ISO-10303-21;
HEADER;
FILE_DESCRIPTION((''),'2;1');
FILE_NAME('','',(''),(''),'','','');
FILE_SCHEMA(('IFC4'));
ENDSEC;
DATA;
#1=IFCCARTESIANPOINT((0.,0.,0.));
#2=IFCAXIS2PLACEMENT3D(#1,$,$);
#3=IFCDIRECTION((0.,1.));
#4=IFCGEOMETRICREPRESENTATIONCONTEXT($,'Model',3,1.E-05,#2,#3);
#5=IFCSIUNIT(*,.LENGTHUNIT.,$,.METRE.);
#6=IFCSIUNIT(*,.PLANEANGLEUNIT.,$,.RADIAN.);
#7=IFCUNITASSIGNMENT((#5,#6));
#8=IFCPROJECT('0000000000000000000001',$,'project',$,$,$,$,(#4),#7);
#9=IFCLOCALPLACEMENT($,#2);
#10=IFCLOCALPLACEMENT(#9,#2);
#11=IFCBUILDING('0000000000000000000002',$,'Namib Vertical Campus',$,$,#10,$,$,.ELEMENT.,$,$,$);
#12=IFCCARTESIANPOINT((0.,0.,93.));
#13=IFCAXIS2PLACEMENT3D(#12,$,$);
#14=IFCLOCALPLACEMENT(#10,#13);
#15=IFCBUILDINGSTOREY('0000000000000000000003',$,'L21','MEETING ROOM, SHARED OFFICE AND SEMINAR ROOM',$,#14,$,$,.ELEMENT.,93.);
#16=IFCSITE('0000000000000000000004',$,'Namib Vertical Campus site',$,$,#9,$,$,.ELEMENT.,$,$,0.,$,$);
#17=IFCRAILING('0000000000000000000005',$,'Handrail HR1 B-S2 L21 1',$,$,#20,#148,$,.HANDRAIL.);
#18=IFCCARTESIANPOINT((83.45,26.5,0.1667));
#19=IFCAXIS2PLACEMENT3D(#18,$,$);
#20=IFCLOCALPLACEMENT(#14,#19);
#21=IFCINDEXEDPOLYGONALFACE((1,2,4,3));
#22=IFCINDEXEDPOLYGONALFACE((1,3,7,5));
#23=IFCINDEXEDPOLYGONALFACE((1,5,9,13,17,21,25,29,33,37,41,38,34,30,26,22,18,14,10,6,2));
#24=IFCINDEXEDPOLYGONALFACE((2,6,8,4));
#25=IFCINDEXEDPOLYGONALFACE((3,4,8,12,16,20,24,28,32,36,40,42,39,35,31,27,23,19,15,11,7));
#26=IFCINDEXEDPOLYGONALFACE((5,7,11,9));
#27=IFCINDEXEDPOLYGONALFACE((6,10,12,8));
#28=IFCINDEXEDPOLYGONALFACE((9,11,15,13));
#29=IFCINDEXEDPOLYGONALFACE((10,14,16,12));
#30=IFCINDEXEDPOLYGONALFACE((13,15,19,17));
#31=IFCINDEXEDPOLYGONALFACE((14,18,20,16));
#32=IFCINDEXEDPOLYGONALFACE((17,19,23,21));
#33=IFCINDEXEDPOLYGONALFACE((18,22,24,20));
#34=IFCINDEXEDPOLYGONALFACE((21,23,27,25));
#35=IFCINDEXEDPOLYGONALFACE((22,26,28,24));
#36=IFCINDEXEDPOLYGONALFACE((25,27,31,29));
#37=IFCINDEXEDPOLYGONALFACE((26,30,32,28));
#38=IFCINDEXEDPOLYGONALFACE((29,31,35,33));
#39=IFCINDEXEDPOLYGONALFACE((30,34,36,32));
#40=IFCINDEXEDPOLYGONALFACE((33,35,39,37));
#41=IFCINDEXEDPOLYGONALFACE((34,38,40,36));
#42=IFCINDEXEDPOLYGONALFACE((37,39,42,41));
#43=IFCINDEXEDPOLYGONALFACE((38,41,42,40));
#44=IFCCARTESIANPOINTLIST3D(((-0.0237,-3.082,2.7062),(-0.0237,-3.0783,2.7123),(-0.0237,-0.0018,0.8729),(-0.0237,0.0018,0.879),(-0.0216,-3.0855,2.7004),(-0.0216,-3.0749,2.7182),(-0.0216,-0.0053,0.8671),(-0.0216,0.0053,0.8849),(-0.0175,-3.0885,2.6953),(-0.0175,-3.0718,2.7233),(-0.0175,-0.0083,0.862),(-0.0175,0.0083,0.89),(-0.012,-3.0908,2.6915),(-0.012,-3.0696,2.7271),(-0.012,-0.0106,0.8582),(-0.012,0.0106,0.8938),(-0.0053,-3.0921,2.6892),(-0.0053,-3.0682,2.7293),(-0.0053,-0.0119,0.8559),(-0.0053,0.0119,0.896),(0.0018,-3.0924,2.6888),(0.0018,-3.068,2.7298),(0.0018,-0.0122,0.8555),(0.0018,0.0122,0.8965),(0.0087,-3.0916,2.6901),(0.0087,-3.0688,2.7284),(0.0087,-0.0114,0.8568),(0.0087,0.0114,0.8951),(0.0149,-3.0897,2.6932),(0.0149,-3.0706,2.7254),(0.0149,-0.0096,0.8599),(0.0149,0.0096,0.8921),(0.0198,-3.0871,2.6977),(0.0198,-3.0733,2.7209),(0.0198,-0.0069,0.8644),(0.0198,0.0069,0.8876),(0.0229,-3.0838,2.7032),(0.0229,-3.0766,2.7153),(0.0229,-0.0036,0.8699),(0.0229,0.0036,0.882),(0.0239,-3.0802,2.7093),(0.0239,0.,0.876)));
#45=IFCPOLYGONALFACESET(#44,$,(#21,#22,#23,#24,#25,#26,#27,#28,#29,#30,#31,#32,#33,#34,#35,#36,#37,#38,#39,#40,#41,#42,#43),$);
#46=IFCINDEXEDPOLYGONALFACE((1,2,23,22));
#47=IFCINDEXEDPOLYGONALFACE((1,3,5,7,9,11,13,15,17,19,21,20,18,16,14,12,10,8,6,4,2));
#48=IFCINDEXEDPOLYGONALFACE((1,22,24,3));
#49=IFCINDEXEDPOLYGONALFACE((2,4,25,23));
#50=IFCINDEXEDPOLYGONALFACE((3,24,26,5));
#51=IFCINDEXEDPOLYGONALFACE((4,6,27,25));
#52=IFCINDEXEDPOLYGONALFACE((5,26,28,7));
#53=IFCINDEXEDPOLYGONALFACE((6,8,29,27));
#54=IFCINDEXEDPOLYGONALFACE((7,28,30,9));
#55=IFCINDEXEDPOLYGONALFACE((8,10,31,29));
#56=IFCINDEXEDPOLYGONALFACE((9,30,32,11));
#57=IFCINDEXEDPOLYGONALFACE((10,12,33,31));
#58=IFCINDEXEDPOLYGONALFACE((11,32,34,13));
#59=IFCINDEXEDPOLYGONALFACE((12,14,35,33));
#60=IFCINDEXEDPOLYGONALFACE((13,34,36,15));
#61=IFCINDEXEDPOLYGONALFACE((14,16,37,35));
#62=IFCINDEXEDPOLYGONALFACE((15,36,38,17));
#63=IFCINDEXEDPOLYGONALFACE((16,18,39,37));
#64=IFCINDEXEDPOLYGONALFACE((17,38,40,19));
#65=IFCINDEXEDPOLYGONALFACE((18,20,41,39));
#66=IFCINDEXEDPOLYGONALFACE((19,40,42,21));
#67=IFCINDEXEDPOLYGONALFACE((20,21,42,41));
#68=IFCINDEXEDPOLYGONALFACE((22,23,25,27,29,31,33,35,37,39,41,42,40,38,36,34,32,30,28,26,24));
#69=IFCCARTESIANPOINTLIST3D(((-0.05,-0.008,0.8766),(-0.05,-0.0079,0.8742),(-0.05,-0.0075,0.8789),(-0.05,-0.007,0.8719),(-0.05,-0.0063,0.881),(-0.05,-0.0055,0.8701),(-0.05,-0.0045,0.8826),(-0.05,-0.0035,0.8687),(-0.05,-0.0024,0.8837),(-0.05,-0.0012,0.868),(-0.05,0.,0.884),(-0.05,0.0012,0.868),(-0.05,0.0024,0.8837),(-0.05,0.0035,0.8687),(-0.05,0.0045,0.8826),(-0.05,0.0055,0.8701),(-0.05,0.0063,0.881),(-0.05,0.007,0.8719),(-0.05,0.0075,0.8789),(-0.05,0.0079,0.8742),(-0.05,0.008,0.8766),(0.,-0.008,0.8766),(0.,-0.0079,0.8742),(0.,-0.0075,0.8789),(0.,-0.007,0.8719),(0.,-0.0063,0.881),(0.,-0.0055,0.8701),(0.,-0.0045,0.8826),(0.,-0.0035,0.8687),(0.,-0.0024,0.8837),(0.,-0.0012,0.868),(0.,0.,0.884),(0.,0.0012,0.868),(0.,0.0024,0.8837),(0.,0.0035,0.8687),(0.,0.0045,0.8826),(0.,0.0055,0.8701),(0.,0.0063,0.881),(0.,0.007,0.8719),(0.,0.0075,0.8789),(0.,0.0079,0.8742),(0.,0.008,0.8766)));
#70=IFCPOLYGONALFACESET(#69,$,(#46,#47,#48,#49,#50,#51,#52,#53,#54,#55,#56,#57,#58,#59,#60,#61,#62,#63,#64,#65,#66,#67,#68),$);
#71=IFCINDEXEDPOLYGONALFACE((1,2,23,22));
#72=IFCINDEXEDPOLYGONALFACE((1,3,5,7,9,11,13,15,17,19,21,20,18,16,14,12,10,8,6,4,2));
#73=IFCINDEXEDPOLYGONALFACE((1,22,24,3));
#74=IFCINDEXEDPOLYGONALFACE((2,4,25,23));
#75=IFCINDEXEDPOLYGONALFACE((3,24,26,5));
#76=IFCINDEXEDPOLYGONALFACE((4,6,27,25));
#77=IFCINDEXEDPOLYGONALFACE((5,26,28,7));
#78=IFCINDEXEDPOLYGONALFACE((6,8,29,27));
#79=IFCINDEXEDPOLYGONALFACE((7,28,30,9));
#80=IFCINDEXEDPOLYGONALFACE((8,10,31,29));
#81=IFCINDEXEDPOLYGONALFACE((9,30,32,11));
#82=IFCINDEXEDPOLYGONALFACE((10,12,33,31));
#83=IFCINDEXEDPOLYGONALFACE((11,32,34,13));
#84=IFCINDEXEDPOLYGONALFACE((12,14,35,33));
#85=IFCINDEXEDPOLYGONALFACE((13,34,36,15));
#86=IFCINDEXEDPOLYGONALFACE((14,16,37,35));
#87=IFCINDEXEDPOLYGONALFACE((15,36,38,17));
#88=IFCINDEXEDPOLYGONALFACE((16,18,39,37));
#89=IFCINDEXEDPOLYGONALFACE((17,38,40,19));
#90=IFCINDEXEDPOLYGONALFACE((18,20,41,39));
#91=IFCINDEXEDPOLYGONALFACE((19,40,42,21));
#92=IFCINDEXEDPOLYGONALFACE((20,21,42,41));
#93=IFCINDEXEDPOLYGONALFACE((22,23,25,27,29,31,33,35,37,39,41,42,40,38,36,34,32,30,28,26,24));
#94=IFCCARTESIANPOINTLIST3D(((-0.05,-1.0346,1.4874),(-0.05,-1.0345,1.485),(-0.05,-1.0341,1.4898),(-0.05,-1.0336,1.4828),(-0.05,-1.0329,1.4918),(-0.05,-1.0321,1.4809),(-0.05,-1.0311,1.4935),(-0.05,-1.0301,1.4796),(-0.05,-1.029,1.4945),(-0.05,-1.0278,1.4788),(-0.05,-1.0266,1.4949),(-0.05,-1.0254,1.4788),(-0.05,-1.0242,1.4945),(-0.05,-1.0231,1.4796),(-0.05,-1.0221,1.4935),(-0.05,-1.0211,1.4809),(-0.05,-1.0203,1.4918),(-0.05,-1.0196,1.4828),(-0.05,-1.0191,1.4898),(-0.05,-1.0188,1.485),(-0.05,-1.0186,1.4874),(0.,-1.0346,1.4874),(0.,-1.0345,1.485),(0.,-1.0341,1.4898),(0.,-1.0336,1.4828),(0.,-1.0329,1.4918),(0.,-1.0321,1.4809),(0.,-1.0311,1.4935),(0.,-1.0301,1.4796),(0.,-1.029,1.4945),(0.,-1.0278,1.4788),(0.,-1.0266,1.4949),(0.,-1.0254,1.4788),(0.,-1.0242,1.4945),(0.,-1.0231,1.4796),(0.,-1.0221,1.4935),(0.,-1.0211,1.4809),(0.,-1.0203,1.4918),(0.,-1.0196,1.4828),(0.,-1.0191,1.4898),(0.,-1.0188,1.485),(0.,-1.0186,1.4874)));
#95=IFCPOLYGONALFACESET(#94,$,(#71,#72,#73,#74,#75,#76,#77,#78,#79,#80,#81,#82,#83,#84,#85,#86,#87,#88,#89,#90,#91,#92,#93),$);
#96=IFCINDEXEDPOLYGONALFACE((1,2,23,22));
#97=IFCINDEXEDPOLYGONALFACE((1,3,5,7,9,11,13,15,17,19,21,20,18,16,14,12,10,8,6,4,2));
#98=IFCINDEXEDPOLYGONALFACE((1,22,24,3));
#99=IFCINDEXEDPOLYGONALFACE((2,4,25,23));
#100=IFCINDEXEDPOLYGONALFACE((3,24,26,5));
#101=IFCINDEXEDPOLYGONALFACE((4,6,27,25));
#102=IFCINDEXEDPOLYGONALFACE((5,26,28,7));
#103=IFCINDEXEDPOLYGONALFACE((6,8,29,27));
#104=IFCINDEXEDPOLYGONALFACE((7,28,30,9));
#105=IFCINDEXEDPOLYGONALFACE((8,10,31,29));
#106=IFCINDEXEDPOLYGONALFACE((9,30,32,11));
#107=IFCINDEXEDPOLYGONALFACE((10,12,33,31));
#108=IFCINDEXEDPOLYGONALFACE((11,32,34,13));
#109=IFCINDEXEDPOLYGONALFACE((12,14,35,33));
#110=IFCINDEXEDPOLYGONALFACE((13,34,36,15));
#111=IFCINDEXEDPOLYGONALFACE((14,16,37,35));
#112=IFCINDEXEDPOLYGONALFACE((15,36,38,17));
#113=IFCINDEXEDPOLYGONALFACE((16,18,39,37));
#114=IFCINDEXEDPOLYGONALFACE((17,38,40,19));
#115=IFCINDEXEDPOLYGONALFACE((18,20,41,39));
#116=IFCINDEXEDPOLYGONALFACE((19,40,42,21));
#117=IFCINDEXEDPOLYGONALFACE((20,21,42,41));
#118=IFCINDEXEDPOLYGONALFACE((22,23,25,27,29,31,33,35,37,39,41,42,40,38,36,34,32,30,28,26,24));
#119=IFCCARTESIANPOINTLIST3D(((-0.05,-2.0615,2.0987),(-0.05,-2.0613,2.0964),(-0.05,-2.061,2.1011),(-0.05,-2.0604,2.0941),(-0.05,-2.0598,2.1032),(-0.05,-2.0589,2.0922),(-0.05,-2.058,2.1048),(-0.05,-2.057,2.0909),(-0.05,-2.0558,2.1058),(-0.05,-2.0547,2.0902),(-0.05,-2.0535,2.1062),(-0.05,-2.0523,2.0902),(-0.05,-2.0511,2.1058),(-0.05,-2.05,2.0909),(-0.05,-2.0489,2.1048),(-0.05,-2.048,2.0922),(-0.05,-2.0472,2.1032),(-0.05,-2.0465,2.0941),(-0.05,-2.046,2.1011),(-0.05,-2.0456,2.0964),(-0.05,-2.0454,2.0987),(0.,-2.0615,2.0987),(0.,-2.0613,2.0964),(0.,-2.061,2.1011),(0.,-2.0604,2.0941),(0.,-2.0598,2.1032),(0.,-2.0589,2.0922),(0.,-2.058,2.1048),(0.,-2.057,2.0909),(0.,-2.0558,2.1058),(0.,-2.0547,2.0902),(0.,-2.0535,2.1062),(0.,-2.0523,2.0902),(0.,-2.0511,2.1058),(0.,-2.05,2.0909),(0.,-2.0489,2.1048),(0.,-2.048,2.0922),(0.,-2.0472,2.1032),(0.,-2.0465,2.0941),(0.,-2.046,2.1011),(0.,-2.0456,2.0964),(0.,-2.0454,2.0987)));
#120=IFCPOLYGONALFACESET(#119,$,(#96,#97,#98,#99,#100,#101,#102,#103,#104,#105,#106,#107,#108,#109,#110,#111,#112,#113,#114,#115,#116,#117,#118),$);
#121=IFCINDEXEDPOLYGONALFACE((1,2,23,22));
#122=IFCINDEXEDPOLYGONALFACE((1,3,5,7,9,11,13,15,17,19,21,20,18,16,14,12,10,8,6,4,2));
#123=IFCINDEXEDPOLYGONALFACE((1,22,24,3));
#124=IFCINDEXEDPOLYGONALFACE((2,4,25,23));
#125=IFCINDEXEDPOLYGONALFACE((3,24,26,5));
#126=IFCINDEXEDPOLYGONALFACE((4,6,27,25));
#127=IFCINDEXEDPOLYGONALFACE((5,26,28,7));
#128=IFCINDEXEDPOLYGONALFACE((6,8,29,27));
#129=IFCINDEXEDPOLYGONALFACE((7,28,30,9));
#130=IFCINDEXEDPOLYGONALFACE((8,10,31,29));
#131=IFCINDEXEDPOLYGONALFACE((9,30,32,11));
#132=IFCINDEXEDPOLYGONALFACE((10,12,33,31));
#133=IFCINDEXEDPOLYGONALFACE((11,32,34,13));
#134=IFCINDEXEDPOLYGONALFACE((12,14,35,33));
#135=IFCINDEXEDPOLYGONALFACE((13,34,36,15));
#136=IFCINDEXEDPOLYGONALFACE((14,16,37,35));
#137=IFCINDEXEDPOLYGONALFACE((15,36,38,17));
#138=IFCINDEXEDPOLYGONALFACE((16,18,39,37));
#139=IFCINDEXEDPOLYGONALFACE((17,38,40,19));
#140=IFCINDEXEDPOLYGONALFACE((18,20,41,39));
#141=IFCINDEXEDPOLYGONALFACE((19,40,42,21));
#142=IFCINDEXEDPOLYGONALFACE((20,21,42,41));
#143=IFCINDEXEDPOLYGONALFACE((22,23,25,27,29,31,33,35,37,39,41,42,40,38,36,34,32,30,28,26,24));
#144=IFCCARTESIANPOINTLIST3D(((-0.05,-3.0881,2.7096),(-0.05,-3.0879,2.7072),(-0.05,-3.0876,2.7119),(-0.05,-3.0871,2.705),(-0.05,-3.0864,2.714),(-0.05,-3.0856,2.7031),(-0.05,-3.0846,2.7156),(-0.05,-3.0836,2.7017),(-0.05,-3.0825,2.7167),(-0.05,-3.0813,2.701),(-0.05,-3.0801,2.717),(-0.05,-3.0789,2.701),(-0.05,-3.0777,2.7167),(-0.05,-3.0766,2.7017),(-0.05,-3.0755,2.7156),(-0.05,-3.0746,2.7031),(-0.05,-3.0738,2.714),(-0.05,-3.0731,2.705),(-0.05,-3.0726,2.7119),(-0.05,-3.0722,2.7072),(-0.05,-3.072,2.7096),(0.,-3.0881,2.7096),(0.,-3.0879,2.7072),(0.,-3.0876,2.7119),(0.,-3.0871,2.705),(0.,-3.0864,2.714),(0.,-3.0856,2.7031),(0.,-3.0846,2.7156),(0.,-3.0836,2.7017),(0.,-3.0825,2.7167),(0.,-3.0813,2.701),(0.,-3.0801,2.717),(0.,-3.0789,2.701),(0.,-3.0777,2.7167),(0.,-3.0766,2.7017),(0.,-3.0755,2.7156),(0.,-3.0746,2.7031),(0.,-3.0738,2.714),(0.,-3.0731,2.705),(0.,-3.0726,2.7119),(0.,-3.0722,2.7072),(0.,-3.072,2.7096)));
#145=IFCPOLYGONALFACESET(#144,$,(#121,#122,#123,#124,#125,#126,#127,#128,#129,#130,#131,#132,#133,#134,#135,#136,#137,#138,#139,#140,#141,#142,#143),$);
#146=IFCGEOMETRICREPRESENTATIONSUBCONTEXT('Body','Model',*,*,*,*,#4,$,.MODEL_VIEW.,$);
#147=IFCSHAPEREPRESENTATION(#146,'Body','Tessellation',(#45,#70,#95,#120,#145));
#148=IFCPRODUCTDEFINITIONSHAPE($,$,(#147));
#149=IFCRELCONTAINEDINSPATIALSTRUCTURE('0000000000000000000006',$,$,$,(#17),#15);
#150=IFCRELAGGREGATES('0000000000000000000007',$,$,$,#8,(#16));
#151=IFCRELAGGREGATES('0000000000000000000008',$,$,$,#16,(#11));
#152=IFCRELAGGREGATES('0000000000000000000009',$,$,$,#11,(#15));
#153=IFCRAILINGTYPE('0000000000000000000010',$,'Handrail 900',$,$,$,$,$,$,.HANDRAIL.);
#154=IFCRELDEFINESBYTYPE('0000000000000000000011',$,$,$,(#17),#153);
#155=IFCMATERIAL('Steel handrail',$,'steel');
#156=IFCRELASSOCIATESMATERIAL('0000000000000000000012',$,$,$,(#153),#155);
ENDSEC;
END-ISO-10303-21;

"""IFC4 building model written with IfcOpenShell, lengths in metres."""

from ifc_helpers import new_model, si_unit, direction, frame, origin, origin_2d, place, context, subcontext, project, spatial, circle, extrude, material, type_object, element, save


model = new_model("IFC4")

# Units and contexts
model_context = context("Model", 3, precision=1e-05, world=origin(), true_north=direction((0.0, 1.0)))
body_context = subcontext(model_context, "Body", "Model", "MODEL_VIEW")
ifc_project = project(units=[si_unit("LENGTHUNIT", "METRE"), si_unit("PLANEANGLEUNIT", "RADIAN")], contexts=[model_context])

# Site, building, storey
site_placement = place(None, origin())
site = spatial("IfcSite", under=ifc_project, at=site_placement, Name="Namib Vertical Campus site", CompositionType="ELEMENT", RefElevation=0.0)
building_placement = place(site_placement, origin())
building = spatial("IfcBuilding", under=site, at=building_placement, Name="Namib Vertical Campus", CompositionType="ELEMENT")
storey_placement = place(building_placement, frame((0.0, 0.0, 93.0)))
storey = spatial("IfcBuildingStorey", under=building, at=storey_placement, Name="L21", Description="MEETING ROOM, SHARED OFFICE AND SEMINAR ROOM", CompositionType="ELEMENT", Elevation=93.0)

# Railing
ifc_material_1 = material(Name="Steel handrail", Category="steel")
railing_type_1 = type_object("IfcRailingType", Name="Handrail 900", PredefinedType="HANDRAIL", material=ifc_material_1)
railing_1_placement = place(storey_placement, frame((83.45, 26.5, 0.1667)))
element("IfcRailing", 1, at=railing_1_placement, inside=storey, type_object=railing_type_1, Name="Handrail HR1 B-S2 L21 1", PredefinedType="HANDRAIL", context=body_context, shape_type="SweptSolid", body=[
    extrude(circle(Radius=0.0239, at=origin_2d()), frame((0.0, 0.0, 0.876), z_axis=(0.0, -0.859309, 0.511458), x_axis=(1.0, 0.0, 0.0)), (0.0, 0.0, 1.0), 3.5845),
    extrude(circle(Radius=0.0081, at=origin_2d()), frame((0.0, 0.0, 0.876), z_axis=(-1.0, 0.0, 0.0), x_axis=(0.0, 0.0, 1.0)), (0.0, 0.0, 1.0), 0.05),
    extrude(circle(Radius=0.0081, at=origin_2d()), frame((0.0, -1.0266, 1.4868), z_axis=(-1.0, 0.0, 0.0), x_axis=(0.0, 0.0, 1.0)), (0.0, 0.0, 1.0), 0.05),
    extrude(circle(Radius=0.0081, at=origin_2d()), frame((0.0, -2.0535, 2.0981), z_axis=(-1.0, 0.0, 0.0), x_axis=(0.0, 0.0, 1.0)), (0.0, 0.0, 1.0), 0.05),
    extrude(circle(Radius=0.0081, at=origin_2d()), frame((0.0, -3.0801, 2.709), z_axis=(-1.0, 0.0, 0.0), x_axis=(0.0, 0.0, 1.0)), (0.0, 0.0, 1.0), 0.05),
])

save(model, "model.ifc")
